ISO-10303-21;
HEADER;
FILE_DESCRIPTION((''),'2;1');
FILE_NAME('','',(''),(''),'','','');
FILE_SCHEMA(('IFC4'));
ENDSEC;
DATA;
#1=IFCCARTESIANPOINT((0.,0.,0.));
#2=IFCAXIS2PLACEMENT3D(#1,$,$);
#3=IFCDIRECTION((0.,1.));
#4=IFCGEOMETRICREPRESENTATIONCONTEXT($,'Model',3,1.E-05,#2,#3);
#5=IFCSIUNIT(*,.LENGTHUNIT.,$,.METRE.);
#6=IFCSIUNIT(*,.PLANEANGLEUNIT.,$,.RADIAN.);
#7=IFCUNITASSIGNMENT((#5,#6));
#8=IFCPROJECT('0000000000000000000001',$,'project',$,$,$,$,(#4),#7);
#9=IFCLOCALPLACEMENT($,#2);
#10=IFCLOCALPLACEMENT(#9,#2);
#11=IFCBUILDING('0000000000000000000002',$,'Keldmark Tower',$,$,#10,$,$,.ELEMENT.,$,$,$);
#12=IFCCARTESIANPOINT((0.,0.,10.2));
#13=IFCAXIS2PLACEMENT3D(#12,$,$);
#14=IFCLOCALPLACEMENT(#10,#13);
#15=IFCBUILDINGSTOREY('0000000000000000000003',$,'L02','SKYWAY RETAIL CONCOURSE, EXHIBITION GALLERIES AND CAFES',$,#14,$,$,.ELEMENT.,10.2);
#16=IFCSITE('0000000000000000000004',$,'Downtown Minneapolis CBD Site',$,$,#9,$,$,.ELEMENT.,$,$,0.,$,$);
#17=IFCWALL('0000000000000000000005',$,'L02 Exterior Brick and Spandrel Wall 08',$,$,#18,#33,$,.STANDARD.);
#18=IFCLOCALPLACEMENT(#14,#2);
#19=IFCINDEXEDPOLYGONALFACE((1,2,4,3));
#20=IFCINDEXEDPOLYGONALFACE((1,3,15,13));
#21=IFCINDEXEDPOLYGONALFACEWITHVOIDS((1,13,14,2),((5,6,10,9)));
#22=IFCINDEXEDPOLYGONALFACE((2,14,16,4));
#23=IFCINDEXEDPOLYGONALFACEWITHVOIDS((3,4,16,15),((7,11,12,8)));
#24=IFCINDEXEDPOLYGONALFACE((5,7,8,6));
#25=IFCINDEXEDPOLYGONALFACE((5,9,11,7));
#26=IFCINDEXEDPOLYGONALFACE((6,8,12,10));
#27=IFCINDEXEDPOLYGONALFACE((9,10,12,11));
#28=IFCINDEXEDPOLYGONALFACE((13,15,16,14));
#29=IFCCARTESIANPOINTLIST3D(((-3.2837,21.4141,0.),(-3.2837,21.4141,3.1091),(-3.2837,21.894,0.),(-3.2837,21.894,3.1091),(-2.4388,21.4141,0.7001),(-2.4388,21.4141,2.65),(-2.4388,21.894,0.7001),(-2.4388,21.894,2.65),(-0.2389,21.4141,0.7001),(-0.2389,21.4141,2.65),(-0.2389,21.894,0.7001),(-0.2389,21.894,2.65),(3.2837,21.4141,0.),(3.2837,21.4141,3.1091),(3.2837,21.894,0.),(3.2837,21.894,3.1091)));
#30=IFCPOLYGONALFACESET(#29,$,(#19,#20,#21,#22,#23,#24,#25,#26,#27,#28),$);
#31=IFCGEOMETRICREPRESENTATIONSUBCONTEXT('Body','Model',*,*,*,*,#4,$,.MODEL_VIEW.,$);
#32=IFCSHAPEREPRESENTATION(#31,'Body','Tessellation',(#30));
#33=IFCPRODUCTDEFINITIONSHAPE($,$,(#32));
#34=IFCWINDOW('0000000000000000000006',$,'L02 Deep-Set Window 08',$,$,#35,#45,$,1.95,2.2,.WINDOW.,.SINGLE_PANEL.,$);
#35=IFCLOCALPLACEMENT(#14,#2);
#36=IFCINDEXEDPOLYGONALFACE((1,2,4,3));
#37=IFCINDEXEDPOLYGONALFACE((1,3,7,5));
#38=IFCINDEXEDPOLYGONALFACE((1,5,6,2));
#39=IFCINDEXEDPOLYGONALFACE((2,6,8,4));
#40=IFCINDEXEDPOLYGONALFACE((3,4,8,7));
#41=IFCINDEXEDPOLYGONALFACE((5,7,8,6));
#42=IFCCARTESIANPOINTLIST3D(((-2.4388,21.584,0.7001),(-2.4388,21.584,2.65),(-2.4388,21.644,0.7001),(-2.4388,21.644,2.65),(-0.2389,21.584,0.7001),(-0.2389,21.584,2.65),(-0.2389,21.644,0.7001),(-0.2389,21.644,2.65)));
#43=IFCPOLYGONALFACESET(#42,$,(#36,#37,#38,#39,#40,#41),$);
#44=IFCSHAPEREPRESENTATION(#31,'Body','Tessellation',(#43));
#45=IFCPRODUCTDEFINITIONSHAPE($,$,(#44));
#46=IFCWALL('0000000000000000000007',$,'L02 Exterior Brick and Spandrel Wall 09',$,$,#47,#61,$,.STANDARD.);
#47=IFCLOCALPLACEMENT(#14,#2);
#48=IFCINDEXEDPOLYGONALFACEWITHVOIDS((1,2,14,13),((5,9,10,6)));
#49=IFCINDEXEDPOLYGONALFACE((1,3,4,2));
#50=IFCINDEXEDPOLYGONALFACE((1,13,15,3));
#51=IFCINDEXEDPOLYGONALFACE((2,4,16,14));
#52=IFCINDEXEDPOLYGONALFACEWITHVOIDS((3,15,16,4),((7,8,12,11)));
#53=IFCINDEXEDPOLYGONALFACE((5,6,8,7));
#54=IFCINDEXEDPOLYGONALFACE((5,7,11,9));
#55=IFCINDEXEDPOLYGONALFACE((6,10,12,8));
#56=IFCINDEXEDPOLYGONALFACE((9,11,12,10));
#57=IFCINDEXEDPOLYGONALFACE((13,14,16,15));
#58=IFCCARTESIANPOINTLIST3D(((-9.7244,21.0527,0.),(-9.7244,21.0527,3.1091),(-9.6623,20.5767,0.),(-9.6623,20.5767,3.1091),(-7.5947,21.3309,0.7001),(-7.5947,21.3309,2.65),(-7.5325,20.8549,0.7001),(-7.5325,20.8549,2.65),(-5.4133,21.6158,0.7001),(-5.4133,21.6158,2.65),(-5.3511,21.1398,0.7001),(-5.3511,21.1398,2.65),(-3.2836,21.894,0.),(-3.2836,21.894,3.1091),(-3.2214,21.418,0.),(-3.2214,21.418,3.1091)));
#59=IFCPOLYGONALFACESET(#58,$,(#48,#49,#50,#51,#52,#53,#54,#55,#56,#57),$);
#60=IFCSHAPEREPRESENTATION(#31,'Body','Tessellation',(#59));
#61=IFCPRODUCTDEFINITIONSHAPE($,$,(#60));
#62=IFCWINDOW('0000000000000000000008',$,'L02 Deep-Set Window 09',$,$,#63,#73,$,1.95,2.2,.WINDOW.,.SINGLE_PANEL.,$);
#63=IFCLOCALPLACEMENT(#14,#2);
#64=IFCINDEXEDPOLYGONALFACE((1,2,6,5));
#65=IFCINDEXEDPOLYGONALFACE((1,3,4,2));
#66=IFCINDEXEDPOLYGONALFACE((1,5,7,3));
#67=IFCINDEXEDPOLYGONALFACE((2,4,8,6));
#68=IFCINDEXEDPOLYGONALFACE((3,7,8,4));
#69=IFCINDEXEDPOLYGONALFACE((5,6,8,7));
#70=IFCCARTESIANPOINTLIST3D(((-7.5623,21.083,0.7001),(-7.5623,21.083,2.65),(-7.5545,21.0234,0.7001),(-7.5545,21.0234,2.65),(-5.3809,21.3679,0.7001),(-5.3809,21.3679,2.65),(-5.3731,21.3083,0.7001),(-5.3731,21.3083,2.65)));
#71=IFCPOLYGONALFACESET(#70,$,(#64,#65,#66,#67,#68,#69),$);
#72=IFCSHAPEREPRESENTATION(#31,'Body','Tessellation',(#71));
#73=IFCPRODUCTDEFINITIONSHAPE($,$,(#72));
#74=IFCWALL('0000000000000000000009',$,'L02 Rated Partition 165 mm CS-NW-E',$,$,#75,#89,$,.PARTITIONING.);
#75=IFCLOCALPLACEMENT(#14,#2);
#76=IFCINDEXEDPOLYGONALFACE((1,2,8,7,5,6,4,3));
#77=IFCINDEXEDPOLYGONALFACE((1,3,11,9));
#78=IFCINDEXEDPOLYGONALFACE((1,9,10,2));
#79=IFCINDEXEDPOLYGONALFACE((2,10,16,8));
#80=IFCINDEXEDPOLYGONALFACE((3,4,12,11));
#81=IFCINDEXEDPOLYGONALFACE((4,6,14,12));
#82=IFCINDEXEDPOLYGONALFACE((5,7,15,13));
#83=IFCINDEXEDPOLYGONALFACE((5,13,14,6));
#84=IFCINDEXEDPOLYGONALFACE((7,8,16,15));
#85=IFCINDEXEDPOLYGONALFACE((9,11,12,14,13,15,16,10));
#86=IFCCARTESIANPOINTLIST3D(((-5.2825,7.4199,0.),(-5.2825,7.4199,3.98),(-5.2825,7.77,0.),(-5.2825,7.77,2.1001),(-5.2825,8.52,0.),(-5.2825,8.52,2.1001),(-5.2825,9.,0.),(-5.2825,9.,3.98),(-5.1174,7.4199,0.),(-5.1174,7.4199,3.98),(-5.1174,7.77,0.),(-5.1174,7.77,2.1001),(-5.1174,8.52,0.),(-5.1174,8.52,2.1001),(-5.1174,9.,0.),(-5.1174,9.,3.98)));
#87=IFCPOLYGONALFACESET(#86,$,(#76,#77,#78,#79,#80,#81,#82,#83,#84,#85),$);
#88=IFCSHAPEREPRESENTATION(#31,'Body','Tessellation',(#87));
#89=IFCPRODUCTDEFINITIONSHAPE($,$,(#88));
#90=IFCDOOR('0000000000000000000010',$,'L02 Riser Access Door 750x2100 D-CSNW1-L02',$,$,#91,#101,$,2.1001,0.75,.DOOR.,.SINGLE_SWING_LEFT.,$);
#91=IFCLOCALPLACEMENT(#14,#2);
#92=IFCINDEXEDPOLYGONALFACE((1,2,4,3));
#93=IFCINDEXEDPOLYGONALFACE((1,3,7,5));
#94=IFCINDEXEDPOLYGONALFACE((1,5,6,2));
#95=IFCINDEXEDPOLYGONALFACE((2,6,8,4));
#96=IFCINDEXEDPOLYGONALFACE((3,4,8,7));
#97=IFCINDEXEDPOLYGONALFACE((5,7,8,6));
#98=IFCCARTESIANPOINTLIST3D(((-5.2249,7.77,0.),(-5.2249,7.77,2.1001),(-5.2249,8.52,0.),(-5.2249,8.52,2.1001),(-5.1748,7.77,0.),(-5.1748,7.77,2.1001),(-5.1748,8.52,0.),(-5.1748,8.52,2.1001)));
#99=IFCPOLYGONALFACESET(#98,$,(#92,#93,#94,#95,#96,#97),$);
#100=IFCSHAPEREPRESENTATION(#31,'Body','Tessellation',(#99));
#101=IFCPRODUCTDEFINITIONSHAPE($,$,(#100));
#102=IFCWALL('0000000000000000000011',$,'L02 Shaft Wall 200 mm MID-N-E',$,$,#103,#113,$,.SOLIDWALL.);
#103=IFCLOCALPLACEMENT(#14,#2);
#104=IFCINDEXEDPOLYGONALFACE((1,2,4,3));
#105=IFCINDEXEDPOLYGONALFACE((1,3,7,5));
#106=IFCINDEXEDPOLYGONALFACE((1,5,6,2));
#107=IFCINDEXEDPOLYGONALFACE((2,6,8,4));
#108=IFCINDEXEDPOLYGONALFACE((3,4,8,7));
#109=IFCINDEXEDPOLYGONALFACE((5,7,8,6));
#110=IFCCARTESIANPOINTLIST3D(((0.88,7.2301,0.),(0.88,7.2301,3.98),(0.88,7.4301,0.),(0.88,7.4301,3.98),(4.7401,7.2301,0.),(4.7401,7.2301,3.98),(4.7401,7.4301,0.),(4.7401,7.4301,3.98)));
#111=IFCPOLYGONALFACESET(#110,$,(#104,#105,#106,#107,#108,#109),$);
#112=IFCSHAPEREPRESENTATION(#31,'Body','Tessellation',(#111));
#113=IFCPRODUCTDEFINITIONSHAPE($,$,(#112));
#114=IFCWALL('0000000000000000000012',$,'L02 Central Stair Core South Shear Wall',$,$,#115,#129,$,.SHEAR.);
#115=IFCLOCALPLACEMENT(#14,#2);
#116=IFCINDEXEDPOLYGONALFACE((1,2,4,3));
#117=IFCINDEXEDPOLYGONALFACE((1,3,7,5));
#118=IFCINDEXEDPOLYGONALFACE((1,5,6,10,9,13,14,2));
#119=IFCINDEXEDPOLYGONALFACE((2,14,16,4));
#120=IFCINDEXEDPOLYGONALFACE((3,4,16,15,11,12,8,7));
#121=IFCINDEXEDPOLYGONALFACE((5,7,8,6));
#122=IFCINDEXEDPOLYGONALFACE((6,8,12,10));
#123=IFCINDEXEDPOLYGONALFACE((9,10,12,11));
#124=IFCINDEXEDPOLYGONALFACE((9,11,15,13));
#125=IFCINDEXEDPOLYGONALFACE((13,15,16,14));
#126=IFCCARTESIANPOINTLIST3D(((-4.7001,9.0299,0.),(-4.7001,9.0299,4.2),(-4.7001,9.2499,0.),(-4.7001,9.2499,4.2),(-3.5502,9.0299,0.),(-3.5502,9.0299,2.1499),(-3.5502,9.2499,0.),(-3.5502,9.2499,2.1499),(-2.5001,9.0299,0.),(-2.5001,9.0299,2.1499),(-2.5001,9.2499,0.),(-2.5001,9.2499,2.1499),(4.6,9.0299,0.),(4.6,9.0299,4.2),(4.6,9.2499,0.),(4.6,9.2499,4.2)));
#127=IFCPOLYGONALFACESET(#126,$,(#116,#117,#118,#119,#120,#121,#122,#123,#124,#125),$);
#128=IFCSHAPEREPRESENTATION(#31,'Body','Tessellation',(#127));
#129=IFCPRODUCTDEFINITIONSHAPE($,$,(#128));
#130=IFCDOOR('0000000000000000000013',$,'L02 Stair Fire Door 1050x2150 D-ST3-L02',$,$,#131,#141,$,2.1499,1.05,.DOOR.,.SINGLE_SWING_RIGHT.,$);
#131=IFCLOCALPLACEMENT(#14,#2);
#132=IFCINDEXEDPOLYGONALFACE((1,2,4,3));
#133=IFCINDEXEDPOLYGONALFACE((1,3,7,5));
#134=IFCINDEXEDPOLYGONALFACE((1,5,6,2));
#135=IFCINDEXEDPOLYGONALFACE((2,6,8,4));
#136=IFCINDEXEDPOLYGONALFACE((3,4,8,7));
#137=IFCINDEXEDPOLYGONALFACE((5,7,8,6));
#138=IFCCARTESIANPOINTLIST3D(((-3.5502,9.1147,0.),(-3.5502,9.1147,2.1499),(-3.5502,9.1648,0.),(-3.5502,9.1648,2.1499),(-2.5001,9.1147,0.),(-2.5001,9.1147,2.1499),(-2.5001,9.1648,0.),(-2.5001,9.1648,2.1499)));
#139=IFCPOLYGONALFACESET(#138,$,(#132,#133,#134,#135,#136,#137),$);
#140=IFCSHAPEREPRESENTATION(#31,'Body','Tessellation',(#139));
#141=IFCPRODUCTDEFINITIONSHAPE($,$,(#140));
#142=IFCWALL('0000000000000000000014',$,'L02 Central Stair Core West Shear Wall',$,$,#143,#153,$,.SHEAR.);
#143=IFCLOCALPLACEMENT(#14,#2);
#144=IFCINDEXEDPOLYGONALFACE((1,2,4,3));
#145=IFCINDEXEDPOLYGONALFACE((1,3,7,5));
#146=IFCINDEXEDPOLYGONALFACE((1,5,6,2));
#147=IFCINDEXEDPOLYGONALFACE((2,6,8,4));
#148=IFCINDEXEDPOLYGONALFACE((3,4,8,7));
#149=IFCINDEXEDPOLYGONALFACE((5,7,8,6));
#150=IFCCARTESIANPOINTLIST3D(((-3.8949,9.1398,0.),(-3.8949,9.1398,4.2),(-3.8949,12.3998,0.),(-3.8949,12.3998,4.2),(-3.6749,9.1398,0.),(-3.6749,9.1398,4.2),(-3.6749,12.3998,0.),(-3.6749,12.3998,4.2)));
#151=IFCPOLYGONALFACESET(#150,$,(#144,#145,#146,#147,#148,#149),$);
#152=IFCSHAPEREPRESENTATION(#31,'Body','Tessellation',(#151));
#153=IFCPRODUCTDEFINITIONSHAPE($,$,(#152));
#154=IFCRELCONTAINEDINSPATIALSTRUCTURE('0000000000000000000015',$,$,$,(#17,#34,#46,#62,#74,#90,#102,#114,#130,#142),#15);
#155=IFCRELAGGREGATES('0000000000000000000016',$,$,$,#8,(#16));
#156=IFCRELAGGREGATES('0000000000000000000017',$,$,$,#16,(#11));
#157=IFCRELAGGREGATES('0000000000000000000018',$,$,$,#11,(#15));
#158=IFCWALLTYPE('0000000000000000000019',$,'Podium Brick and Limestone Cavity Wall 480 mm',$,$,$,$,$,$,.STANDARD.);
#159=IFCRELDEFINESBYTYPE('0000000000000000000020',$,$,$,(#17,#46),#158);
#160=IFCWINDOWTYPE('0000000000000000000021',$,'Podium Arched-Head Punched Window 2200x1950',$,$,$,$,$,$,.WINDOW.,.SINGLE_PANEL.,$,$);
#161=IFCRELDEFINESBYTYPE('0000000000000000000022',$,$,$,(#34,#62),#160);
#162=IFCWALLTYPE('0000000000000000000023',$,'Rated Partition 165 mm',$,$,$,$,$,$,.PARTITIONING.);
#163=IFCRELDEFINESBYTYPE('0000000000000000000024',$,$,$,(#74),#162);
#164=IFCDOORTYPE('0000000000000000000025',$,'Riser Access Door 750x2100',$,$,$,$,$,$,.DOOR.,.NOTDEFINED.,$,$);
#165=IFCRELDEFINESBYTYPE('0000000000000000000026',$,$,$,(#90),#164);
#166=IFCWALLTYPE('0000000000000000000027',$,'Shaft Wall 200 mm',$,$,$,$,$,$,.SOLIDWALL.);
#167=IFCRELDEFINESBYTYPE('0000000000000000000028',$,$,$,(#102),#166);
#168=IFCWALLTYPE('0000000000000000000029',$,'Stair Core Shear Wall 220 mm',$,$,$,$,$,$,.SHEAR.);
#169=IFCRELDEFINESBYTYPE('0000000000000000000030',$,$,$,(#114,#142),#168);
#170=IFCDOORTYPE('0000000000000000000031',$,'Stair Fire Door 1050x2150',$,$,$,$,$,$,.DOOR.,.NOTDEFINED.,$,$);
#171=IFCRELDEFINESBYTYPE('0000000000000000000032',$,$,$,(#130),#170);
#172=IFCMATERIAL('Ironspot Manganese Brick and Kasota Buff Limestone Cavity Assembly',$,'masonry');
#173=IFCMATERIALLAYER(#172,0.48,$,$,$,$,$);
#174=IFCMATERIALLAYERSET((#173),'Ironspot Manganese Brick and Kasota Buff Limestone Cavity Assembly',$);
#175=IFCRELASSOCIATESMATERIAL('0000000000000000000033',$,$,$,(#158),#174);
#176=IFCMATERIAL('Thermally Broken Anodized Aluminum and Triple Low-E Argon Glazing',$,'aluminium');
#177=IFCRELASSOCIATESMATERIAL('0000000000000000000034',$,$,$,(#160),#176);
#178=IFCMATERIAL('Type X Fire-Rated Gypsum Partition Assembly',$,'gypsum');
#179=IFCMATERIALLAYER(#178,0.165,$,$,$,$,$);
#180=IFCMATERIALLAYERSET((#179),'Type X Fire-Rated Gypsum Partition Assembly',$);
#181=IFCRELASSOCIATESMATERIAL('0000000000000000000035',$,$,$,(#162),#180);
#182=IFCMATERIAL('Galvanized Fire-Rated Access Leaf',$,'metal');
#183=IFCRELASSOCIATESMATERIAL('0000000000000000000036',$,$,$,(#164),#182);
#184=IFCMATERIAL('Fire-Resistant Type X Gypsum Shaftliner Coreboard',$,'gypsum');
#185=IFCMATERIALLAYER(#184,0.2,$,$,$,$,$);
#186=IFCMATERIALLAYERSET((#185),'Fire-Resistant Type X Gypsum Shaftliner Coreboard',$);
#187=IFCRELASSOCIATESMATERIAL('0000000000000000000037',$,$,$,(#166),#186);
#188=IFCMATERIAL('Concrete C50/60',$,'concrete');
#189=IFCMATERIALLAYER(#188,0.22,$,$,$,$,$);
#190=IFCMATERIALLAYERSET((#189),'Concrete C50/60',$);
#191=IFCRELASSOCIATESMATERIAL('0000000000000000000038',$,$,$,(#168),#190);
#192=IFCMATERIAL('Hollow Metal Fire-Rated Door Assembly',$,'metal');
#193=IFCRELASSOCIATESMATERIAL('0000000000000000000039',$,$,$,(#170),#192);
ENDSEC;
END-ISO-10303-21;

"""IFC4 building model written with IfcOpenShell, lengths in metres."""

from ifc_helpers import new_model, si_unit, direction, frame, frame_2d, origin, place, context, subcontext, project, spatial, rectangle, extrude, material, layer, layer_set, type_object, element, fill, save


model = new_model("IFC4")

# Units and contexts
model_context = context("Model", 3, precision=1e-05, world=origin(), true_north=direction((0.0, 1.0)))
body_context = subcontext(model_context, "Body", "Model", "MODEL_VIEW")
ifc_project = project(units=[si_unit("LENGTHUNIT", "METRE"), si_unit("PLANEANGLEUNIT", "RADIAN")], contexts=[model_context])

# Site, building, storey
site_placement = place(None, origin())
site = spatial("IfcSite", under=ifc_project, at=site_placement, Name="Downtown Minneapolis CBD Site", CompositionType="ELEMENT", RefElevation=0.0)
building_placement = place(site_placement, origin())
building = spatial("IfcBuilding", under=site, at=building_placement, Name="Keldmark Tower", CompositionType="ELEMENT")
storey_placement = place(building_placement, frame((0.0, 0.0, 10.2)))
storey = spatial("IfcBuildingStorey", under=building, at=storey_placement, Name="L02", Description="SKYWAY RETAIL CONCOURSE, EXHIBITION GALLERIES AND CAFES", CompositionType="ELEMENT", Elevation=10.2)

# Walls, openings, windows
ifc_material_1 = material(Name="Ironspot Manganese Brick and Kasota Buff Limestone Cavity Assembly", Category="masonry")
ifc_layer_1 = layer(ifc_material_1, 0.48)
ifc_layer_set_1 = layer_set([ifc_layer_1], Name="Ironspot Manganese Brick and Kasota Buff Limestone Cavity Assembly")
wall_type_1 = type_object("IfcWallType", Name="Podium Brick and Limestone Cavity Wall 480 mm", PredefinedType="STANDARD", material=ifc_layer_set_1)
wall_1_placement = place(storey_placement, frame((-3.2837, 21.6541, 0.0), z_axis=(0.0, 0.0, 1.0), x_axis=(1.0, 0.0, 0.0)))
wall_1 = element("IfcWall", 1, at=wall_1_placement, inside=storey, type_object=wall_type_1, Name="L02 Exterior Brick and Spandrel Wall 08", PredefinedType="STANDARD", context=body_context, shape_type="SweptSolid", body=[
    extrude(rectangle(XDim=6.5674, YDim=0.48, at=frame_2d((3.2837, 0.0))), origin(), (0.0, 0.0, 1.0), 3.1091),
])
opening_1_placement = place(wall_1_placement, frame((0.8447, 0.0, 0.7)))
opening_1 = element("IfcOpeningElement", 2, at=opening_1_placement, cuts=wall_1, PredefinedType="OPENING", context=body_context, shape_type="SweptSolid", body=[
    extrude(rectangle(XDim=2.2, YDim=1.95, at=frame_2d((1.1001, 0.9751))), frame((0.0, 0.25, 0.0), z_axis=(0.0, -1.0, 0.0), x_axis=(1.0, 0.0, 0.0)), (0.0, 0.0, 1.0), 0.5),
])
ifc_material_2 = material(Name="Thermally Broken Anodized Aluminum and Triple Low-E Argon Glazing", Category="aluminium")
window_type = type_object("IfcWindowType", Name="Podium Arched-Head Punched Window 2200x1950", PartitioningType="SINGLE_PANEL", PredefinedType="WINDOW", material=ifc_material_2)
window_1_placement = place(opening_1_placement, origin())
window_1 = element("IfcWindow", 3, at=window_1_placement, inside=storey, type_object=window_type, Name="L02 Deep-Set Window 08", OverallHeight=1.95, OverallWidth=2.2, PartitioningType="SINGLE_PANEL", PredefinedType="WINDOW", context=body_context, shape_type="SweptSolid", body=[
    extrude(rectangle(XDim=2.2, YDim=1.95, at=frame_2d((1.1001, 0.9751))), frame((0.0, -0.01, 0.0), z_axis=(0.0, -1.0, 0.0), x_axis=(1.0, 0.0, 0.0)), (0.0, 0.0, 1.0), 0.0601),
])
fill(opening_1, window_1)
wall_2_placement = place(storey_placement, frame((-9.6934, 20.8147, 0.0), z_axis=(0.0, 0.0, 1.0), x_axis=(0.991577, 0.129519, 0.0)))
wall_2 = element("IfcWall", 4, at=wall_2_placement, inside=storey, type_object=wall_type_1, Name="L02 Exterior Brick and Spandrel Wall 09", PredefinedType="STANDARD", context=body_context, shape_type="SweptSolid", body=[
    extrude(rectangle(XDim=6.4956, YDim=0.48, at=frame_2d((3.2478, 0.0))), origin(), (0.0, 0.0, 1.0), 3.1091),
])
opening_2_placement = place(wall_2_placement, frame((2.1477, 0.0, 0.7)))
opening_2 = element("IfcOpeningElement", 5, at=opening_2_placement, cuts=wall_2, PredefinedType="OPENING", context=body_context, shape_type="SweptSolid", body=[
    extrude(rectangle(XDim=2.2, YDim=1.95, at=frame_2d((1.1001, 0.9751))), frame((0.0, 0.25, 0.0), z_axis=(0.0, -1.0, 0.0), x_axis=(1.0, 0.0, 0.0)), (0.0, 0.0, 1.0), 0.5),
])
window_2_placement = place(opening_2_placement, origin())
window_2 = element("IfcWindow", 6, at=window_2_placement, inside=storey, type_object=window_type, Name="L02 Deep-Set Window 09", OverallHeight=1.95, OverallWidth=2.2, PartitioningType="SINGLE_PANEL", PredefinedType="WINDOW", context=body_context, shape_type="SweptSolid", body=[
    extrude(rectangle(XDim=2.2, YDim=1.95, at=frame_2d((1.1001, 0.9751))), frame((0.0, -0.01, 0.0), z_axis=(0.0, -1.0, 0.0), x_axis=(1.0, 0.0, 0.0)), (0.0, 0.0, 1.0), 0.0601),
])
fill(opening_2, window_2)

# Wall, opening, door
ifc_material_3 = material(Name="Type X Fire-Rated Gypsum Partition Assembly", Category="gypsum")
ifc_layer_2 = layer(ifc_material_3, 0.165)
ifc_layer_set_2 = layer_set([ifc_layer_2], Name="Type X Fire-Rated Gypsum Partition Assembly")
wall_type_2 = type_object("IfcWallType", Name="Rated Partition 165 mm", PredefinedType="PARTITIONING", material=ifc_layer_set_2)
wall_3_placement = place(storey_placement, frame((-5.2, 7.4199, 0.0), z_axis=(0.0, 0.0, 1.0), x_axis=(0.0, 1.0, 0.0)))
wall_3 = element("IfcWall", 7, at=wall_3_placement, inside=storey, type_object=wall_type_2, Name="L02 Rated Partition 165 mm CS-NW-E", PredefinedType="PARTITIONING", context=body_context, shape_type="SweptSolid", body=[
    extrude(rectangle(XDim=1.5801, YDim=0.165, at=frame_2d((0.79, 0.0))), origin(), (0.0, 0.0, 1.0), 3.98),
])
opening_3_placement = place(wall_3_placement, frame((0.3501, 0.0, 0.0)))
opening_3 = element("IfcOpeningElement", 8, at=opening_3_placement, cuts=wall_3, PredefinedType="OPENING", context=body_context, shape_type="SweptSolid", body=[
    extrude(rectangle(XDim=0.75, YDim=2.1001, at=frame_2d((0.375, 1.05))), frame((0.0, 0.0925, 0.0), z_axis=(0.0, -1.0, 0.0), x_axis=(1.0, 0.0, 0.0)), (0.0, 0.0, 1.0), 0.1851),
])
ifc_material_4 = material(Name="Galvanized Fire-Rated Access Leaf", Category="metal")
door_type_1 = type_object("IfcDoorType", Name="Riser Access Door 750x2100", OperationType="NOTDEFINED", PredefinedType="DOOR", material=ifc_material_4)
door_1_placement = place(opening_3_placement, origin())
door_1 = element("IfcDoor", 9, at=door_1_placement, inside=storey, type_object=door_type_1, Name="L02 Riser Access Door 750x2100 D-CSNW1-L02", OperationType="SINGLE_SWING_LEFT", OverallHeight=2.1001, OverallWidth=0.75, PredefinedType="DOOR", context=body_context, shape_type="SweptSolid", body=[
    extrude(rectangle(XDim=0.75, YDim=2.1001, at=frame_2d((0.375, 1.05))), frame((0.0, 0.0249, 0.0), z_axis=(0.0, -1.0, 0.0), x_axis=(1.0, 0.0, 0.0)), (0.0, 0.0, 1.0), 0.05),
])
fill(opening_3, door_1)

# Wall
ifc_material_5 = material(Name="Fire-Resistant Type X Gypsum Shaftliner Coreboard", Category="gypsum")
ifc_layer_3 = layer(ifc_material_5, 0.2)
ifc_layer_set_3 = layer_set([ifc_layer_3], Name="Fire-Resistant Type X Gypsum Shaftliner Coreboard")
wall_type_3 = type_object("IfcWallType", Name="Shaft Wall 200 mm", PredefinedType="SOLIDWALL", material=ifc_layer_set_3)
wall_4_placement = place(storey_placement, frame((0.8799, 7.3301, 0.0), z_axis=(0.0, 0.0, 1.0), x_axis=(1.0, 0.0, 0.0)))
element("IfcWall", 10, at=wall_4_placement, inside=storey, type_object=wall_type_3, Name="L02 Shaft Wall 200 mm MID-N-E", PredefinedType="SOLIDWALL", context=body_context, shape_type="SweptSolid", body=[
    extrude(rectangle(XDim=3.8601, YDim=0.2, at=frame_2d((1.9302, 0.0))), origin(), (0.0, 0.0, 1.0), 3.98),
])

# Wall, opening, door
ifc_material_6 = material(Name="Concrete C50/60", Category="concrete")
ifc_layer_4 = layer(ifc_material_6, 0.22)
ifc_layer_set_4 = layer_set([ifc_layer_4], Name="Concrete C50/60")
wall_type_4 = type_object("IfcWallType", Name="Stair Core Shear Wall 220 mm", PredefinedType="SHEAR", material=ifc_layer_set_4)
wall_5_placement = place(storey_placement, frame((-4.7, 9.1399, 0.0), z_axis=(0.0, 0.0, 1.0), x_axis=(1.0, 0.0, 0.0)))
wall_5 = element("IfcWall", 11, at=wall_5_placement, inside=storey, type_object=wall_type_4, Name="L02 Central Stair Core South Shear Wall", PredefinedType="SHEAR", context=body_context, shape_type="SweptSolid", body=[
    extrude(rectangle(XDim=9.3, YDim=0.22, at=frame_2d((4.6499, 0.0))), origin(), (0.0, 0.0, 1.0), 4.2),
])
opening_4_placement = place(wall_5_placement, frame((1.1499, 0.0, 0.0)))
opening_4 = element("IfcOpeningElement", 12, at=opening_4_placement, cuts=wall_5, PredefinedType="OPENING", context=body_context, shape_type="SweptSolid", body=[
    extrude(rectangle(XDim=1.05, YDim=2.1499, at=frame_2d((0.5249, 1.075))), frame((0.0, 0.1199, 0.0), z_axis=(0.0, -1.0, 0.0), x_axis=(1.0, 0.0, 0.0)), (0.0, 0.0, 1.0), 0.24),
])
ifc_material_7 = material(Name="Hollow Metal Fire-Rated Door Assembly", Category="metal")
door_type_2 = type_object("IfcDoorType", Name="Stair Fire Door 1050x2150", OperationType="NOTDEFINED", PredefinedType="DOOR", material=ifc_material_7)
door_2_placement = place(opening_4_placement, origin())
door_2 = element("IfcDoor", 13, at=door_2_placement, inside=storey, type_object=door_type_2, Name="L02 Stair Fire Door 1050x2150 D-ST3-L02", OperationType="SINGLE_SWING_RIGHT", OverallHeight=2.1499, OverallWidth=1.05, PredefinedType="DOOR", context=body_context, shape_type="SweptSolid", body=[
    extrude(rectangle(XDim=1.05, YDim=2.1499, at=frame_2d((0.5249, 1.075))), frame((0.0, 0.0249, 0.0), z_axis=(0.0, -1.0, 0.0), x_axis=(1.0, 0.0, 0.0)), (0.0, 0.0, 1.0), 0.05),
])
fill(opening_4, door_2)

# Wall
wall_6_placement = place(storey_placement, frame((-3.7849, 9.1399, 0.0), z_axis=(0.0, 0.0, 1.0), x_axis=(0.0, 1.0, 0.0)))
element("IfcWall", 14, at=wall_6_placement, inside=storey, type_object=wall_type_4, Name="L02 Central Stair Core West Shear Wall", PredefinedType="SHEAR", context=body_context, shape_type="SweptSolid", body=[
    extrude(rectangle(XDim=3.26, YDim=0.22, at=frame_2d((1.6299, 0.0))), origin(), (0.0, 0.0, 1.0), 4.2),
])

save(model, "model.ifc")
